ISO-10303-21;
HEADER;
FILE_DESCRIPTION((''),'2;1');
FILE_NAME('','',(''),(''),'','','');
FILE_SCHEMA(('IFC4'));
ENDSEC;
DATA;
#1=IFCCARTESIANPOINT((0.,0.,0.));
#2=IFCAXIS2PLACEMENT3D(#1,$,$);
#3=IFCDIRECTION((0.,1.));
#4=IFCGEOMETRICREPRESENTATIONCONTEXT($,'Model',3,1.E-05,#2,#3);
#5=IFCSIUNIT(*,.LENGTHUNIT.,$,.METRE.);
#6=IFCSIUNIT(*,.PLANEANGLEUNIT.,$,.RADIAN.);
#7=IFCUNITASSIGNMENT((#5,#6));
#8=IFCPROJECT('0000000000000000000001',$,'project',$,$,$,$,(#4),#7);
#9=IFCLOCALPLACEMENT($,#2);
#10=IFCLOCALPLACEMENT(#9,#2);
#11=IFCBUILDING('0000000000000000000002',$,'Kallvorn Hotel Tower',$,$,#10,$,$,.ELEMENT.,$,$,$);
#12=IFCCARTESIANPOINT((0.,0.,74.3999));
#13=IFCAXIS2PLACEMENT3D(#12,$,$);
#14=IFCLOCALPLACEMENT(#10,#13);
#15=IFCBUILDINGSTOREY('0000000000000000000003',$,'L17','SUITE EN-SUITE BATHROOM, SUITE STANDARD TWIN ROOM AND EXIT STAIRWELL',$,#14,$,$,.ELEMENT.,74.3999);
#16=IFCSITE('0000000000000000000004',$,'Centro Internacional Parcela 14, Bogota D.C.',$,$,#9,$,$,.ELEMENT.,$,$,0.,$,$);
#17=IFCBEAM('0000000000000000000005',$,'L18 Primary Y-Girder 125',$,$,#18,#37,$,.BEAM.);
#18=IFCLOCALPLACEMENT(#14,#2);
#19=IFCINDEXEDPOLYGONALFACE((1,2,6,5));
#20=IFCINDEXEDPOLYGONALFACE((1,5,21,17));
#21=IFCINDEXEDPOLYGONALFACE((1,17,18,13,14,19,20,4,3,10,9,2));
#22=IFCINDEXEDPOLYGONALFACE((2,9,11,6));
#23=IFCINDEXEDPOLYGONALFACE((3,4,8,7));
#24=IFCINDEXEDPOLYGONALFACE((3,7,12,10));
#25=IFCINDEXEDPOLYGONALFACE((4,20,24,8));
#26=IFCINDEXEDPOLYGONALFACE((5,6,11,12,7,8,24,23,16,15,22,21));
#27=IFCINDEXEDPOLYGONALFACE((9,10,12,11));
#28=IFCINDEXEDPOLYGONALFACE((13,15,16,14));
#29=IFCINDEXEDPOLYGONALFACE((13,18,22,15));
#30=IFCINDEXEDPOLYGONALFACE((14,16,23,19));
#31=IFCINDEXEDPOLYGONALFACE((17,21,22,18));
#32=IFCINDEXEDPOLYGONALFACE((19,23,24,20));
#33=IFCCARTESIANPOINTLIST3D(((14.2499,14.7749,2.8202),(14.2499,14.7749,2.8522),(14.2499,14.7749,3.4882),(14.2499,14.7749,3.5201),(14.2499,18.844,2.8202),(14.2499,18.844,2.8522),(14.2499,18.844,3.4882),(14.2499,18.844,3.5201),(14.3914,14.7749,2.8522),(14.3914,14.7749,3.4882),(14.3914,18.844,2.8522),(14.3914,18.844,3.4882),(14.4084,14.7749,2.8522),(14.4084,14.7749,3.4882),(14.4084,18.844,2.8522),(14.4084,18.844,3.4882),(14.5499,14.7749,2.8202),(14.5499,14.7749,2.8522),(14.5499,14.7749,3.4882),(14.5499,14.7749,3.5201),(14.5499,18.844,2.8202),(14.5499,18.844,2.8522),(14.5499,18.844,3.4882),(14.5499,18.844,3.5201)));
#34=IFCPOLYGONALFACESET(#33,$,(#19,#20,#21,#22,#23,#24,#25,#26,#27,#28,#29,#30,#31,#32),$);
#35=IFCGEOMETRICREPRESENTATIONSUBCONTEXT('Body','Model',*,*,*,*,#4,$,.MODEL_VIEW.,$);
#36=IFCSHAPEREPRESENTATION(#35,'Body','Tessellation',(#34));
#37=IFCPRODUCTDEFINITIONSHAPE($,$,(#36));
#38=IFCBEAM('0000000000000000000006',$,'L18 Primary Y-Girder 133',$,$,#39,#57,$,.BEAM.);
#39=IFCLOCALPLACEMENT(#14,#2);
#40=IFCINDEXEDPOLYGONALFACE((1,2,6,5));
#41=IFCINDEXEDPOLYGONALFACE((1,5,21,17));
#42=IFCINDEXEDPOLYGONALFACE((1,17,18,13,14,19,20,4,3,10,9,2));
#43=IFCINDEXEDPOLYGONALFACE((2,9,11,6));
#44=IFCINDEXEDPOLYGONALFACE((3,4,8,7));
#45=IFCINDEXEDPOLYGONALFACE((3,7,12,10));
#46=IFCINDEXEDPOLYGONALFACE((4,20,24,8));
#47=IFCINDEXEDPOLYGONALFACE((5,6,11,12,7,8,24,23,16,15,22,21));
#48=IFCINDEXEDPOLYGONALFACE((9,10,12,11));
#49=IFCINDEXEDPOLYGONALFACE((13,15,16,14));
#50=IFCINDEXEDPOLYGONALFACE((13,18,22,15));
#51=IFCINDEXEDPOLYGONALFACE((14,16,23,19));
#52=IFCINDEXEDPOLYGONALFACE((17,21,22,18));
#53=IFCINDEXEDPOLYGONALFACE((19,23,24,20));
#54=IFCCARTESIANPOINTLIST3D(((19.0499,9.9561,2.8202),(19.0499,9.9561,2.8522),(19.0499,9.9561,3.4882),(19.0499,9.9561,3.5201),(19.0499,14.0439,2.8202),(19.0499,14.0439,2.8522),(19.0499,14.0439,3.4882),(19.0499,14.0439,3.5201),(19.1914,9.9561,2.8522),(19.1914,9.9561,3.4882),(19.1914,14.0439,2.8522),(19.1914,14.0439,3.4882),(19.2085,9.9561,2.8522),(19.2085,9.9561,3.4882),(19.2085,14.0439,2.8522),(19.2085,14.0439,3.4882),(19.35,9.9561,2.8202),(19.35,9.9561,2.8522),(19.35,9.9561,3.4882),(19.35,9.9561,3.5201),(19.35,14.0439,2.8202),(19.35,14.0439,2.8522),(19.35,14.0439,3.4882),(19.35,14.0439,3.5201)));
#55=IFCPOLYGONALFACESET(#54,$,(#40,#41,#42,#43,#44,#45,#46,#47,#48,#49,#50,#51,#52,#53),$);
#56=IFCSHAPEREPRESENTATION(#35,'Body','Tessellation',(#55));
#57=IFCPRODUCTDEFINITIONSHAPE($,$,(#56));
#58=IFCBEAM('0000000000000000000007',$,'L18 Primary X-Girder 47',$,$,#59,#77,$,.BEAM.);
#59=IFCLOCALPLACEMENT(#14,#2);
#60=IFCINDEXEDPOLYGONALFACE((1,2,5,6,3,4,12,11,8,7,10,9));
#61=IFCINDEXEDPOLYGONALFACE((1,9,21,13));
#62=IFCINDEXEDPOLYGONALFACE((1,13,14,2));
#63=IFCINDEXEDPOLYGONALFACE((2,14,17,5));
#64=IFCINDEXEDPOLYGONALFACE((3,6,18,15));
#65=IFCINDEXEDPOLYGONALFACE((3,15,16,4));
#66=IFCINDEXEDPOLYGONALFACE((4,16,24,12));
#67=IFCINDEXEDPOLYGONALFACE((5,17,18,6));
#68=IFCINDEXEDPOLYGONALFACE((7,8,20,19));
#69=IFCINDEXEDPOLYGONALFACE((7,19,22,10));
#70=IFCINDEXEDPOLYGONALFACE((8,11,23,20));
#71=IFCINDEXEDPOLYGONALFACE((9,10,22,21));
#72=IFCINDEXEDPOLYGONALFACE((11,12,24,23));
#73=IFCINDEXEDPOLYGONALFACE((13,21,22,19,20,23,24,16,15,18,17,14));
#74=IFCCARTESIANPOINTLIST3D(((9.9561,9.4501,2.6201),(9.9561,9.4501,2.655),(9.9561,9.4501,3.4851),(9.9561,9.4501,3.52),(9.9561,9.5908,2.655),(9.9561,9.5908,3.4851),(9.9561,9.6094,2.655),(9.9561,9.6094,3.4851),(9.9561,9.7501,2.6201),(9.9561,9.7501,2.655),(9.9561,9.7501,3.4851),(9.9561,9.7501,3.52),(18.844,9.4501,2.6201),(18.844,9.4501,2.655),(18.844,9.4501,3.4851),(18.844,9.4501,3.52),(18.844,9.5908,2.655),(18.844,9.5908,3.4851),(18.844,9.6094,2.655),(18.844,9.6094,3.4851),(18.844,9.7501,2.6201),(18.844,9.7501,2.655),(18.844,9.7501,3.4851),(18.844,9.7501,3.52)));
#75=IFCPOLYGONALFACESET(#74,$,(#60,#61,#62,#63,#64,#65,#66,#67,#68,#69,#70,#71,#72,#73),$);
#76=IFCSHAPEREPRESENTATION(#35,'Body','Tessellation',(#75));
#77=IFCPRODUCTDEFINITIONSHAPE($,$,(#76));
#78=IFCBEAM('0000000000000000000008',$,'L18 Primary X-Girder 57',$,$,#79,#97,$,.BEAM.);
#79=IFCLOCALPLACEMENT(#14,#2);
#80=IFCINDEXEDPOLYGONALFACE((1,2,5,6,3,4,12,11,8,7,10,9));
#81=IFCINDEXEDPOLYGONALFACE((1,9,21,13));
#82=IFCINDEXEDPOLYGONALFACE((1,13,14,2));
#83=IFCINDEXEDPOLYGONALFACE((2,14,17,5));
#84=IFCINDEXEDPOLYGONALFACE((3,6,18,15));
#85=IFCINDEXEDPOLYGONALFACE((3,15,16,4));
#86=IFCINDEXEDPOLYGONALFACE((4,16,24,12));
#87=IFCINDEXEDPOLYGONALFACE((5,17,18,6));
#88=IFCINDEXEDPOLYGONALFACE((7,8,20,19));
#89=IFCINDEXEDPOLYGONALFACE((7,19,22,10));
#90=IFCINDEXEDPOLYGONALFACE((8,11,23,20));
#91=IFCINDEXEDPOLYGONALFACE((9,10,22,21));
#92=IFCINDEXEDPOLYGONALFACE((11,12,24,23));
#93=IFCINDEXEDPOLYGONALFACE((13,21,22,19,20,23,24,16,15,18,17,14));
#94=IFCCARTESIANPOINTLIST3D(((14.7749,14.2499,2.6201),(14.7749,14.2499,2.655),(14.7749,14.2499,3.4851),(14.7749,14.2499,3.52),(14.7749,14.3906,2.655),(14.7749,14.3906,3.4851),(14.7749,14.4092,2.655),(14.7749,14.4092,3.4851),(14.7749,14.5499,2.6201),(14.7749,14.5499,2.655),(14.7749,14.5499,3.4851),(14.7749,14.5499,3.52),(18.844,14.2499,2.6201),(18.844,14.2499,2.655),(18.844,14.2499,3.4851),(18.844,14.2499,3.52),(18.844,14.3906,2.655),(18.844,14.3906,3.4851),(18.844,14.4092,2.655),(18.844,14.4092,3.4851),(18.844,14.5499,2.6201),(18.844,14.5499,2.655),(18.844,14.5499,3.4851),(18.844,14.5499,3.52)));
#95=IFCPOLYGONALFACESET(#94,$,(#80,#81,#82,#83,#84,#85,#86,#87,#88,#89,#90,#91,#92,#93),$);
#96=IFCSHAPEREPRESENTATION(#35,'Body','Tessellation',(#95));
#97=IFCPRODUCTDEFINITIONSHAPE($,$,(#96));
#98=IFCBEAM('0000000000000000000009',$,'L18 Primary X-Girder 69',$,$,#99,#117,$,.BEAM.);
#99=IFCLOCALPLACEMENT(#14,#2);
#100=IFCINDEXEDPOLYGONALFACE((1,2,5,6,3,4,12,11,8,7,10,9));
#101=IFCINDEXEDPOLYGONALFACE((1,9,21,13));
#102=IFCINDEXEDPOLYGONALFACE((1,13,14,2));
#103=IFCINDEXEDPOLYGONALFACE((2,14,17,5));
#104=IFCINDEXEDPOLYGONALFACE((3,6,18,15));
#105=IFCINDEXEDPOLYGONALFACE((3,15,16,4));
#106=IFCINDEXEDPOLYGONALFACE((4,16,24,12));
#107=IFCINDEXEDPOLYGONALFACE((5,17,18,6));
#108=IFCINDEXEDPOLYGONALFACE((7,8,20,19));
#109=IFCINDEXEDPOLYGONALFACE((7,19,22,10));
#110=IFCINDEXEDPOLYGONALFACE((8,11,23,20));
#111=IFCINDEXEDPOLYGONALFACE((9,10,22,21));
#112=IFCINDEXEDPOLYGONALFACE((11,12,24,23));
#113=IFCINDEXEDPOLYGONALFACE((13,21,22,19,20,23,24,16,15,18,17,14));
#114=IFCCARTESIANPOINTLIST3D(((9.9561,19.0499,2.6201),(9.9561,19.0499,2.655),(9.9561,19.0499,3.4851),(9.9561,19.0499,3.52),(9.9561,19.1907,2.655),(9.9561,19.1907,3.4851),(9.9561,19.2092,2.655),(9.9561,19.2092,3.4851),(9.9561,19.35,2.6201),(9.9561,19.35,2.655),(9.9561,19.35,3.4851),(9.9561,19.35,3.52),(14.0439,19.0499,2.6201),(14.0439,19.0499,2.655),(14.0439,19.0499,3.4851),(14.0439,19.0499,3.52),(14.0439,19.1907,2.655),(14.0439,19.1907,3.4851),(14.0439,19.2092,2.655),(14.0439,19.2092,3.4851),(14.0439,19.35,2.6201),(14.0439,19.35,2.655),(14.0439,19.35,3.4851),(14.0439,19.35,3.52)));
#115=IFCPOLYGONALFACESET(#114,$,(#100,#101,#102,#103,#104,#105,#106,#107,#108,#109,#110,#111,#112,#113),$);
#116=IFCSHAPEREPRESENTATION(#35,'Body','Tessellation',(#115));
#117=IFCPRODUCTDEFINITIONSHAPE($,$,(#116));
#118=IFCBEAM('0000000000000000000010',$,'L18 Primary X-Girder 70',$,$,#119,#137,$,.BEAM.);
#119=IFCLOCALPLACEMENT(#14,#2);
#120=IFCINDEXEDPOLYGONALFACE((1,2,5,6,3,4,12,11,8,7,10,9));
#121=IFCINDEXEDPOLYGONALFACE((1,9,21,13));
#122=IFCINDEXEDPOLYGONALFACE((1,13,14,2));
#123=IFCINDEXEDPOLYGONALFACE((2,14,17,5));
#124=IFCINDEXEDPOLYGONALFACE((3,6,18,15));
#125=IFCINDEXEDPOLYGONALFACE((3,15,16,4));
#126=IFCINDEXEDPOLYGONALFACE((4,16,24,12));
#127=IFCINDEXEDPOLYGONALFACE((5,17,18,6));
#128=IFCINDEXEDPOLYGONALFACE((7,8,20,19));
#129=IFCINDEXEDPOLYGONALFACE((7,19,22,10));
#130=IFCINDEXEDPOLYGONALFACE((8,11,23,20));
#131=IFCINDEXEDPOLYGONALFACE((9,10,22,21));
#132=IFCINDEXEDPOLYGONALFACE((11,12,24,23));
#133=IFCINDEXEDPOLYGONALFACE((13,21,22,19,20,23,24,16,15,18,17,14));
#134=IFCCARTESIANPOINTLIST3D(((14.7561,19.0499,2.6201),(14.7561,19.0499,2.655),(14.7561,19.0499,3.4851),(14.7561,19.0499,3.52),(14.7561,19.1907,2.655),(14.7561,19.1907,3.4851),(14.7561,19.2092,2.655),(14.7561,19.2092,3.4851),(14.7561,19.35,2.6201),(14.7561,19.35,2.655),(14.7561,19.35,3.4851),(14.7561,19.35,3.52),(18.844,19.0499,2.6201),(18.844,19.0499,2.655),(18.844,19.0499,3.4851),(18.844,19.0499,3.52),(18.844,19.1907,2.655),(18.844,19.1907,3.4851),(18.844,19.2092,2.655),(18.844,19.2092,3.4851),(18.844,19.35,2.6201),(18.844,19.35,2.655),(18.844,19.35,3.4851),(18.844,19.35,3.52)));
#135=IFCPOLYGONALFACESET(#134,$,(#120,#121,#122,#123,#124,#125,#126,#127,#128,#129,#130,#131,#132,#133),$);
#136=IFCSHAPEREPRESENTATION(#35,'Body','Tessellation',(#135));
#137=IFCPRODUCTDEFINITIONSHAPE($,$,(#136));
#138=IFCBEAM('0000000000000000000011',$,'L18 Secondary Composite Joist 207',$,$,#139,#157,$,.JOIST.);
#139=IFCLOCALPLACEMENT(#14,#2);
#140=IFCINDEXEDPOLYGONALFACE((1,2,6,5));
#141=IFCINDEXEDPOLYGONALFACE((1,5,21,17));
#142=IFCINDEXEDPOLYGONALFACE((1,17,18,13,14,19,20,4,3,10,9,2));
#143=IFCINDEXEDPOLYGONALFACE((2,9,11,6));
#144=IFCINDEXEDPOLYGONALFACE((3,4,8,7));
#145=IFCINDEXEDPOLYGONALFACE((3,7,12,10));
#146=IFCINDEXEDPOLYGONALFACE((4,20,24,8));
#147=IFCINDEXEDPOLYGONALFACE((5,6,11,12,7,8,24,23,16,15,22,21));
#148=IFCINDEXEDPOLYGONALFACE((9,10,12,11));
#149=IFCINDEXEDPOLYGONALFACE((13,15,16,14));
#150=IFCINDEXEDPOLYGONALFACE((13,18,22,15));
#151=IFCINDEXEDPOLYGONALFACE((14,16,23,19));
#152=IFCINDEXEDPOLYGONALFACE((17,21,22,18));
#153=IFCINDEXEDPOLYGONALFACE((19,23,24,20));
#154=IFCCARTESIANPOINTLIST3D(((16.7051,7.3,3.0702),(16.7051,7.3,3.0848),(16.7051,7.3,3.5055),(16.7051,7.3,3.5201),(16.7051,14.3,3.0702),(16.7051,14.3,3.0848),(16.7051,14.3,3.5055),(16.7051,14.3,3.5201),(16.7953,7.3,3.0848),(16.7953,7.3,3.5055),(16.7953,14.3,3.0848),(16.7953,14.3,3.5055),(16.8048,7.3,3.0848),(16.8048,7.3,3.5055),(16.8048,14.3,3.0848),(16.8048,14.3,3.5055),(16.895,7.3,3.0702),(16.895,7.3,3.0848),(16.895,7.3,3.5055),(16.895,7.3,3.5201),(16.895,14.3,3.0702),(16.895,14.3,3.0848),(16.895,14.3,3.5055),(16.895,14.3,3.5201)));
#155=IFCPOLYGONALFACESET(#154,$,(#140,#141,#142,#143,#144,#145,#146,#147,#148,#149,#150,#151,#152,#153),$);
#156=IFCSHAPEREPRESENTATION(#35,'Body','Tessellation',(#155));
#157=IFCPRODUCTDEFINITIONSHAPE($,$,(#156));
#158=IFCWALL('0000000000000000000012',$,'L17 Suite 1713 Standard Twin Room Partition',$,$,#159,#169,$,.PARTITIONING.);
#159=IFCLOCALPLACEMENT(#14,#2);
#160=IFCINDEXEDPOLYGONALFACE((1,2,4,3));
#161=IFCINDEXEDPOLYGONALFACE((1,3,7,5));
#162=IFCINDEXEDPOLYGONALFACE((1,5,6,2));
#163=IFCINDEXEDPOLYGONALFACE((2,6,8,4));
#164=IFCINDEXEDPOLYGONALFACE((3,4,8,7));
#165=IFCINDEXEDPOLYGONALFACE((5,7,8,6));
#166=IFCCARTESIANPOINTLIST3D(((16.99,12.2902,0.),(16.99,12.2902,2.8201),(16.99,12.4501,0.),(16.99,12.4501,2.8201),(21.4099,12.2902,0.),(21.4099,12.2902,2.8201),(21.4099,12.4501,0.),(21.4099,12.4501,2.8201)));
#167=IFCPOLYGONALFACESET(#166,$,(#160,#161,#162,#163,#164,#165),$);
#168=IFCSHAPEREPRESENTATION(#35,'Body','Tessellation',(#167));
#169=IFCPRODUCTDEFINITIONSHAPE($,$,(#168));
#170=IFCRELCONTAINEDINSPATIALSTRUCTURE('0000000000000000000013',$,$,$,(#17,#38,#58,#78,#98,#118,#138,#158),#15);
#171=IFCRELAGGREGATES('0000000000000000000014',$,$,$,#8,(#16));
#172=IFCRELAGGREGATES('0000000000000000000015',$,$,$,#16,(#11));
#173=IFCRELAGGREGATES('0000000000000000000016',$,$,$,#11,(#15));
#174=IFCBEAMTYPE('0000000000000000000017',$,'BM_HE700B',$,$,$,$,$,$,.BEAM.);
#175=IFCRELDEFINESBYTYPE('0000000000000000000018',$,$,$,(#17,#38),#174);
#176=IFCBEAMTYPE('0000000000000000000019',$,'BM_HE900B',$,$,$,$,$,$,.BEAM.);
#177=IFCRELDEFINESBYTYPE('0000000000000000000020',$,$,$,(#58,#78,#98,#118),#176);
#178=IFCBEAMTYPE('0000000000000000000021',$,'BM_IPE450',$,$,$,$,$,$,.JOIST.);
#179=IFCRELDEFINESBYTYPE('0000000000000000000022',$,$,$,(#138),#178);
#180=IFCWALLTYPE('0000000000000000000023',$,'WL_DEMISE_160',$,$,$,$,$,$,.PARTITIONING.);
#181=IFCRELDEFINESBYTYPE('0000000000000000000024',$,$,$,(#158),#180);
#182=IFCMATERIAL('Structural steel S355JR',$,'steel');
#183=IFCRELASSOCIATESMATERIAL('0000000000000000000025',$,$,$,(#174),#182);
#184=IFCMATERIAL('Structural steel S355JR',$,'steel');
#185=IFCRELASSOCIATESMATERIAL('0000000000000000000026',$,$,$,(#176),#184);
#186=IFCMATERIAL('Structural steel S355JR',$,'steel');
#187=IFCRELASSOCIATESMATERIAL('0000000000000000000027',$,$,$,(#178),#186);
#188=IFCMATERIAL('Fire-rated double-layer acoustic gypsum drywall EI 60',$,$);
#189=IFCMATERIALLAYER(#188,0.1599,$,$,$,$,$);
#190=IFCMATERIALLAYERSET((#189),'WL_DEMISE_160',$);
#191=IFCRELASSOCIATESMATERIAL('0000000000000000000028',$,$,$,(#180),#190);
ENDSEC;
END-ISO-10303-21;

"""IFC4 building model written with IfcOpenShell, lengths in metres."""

from ifc_helpers import new_model, si_unit, direction, frame, frame_2d, origin, origin_2d, place, context, subcontext, project, spatial, rectangle, i_section, extrude, material, layer, layer_set, material_profile, profile_set, type_object, element, save


model = new_model("IFC4")

# Units and contexts
model_context = context("Model", 3, precision=1e-05, world=origin(), true_north=direction((0.0, 1.0)))
body_context = subcontext(model_context, "Body", "Model", "MODEL_VIEW")
ifc_project = project(units=[si_unit("LENGTHUNIT", "METRE"), si_unit("PLANEANGLEUNIT", "RADIAN")], contexts=[model_context])

# Site, building, storey
site_placement = place(None, origin())
site = spatial("IfcSite", under=ifc_project, at=site_placement, Name="Centro Internacional Parcela 14, Bogota D.C.", CompositionType="ELEMENT", RefElevation=0.0)
building_placement = place(site_placement, origin())
building = spatial("IfcBuilding", under=site, at=building_placement, Name="Kallvorn Hotel Tower", CompositionType="ELEMENT")
storey_placement = place(building_placement, frame((0.0, 0.0, 74.3999)))
storey = spatial("IfcBuildingStorey", under=building, at=storey_placement, Name="L17", Description="SUITE EN-SUITE BATHROOM, SUITE STANDARD TWIN ROOM AND EXIT STAIRWELL", CompositionType="ELEMENT", Elevation=74.3999)

# Beams
ifc_material_1 = material(Name="Structural steel S355JR", Category="steel")
ifc_material_profile_1 = material_profile(ifc_material_1, i_section(OverallWidth=0.3, OverallDepth=0.7, WebThickness=0.0171, FlangeThickness=0.032, at=origin_2d()), Name="HE 700 B")
ifc_profile_set_1 = profile_set([ifc_material_profile_1], Name="Structural steel S355JR")
beam_type_1 = type_object("IfcBeamType", Name="BM_HE700B", PredefinedType="BEAM", material=ifc_profile_set_1)
beam_1_placement = place(storey_placement, frame((14.3999, 14.7749, 3.1702), z_axis=(0.0, 1.0, 0.0), x_axis=(-1.0, 0.0, 0.0)))
element("IfcBeam", 1, at=beam_1_placement, inside=storey, type_object=beam_type_1, Name="L18 Primary Y-Girder 125", PredefinedType="BEAM", context=body_context, shape_type="SweptSolid", body=[
    extrude(i_section(OverallWidth=0.3, OverallDepth=0.7, WebThickness=0.0171, FlangeThickness=0.032, at=origin_2d()), origin(), (0.0, 0.0, 1.0), 4.0691),
])
beam_2_placement = place(storey_placement, frame((19.2, 9.9561, 3.1702), z_axis=(0.0, 1.0, 0.0), x_axis=(-1.0, 0.0, 0.0)))
element("IfcBeam", 2, at=beam_2_placement, inside=storey, type_object=beam_type_1, Name="L18 Primary Y-Girder 133", PredefinedType="BEAM", context=body_context, shape_type="SweptSolid", body=[
    extrude(i_section(OverallWidth=0.3, OverallDepth=0.7, WebThickness=0.0171, FlangeThickness=0.032, at=origin_2d()), origin(), (0.0, 0.0, 1.0), 4.0879),
])
ifc_material_2 = material(Name="Structural steel S355JR", Category="steel")
ifc_material_profile_2 = material_profile(ifc_material_2, i_section(OverallWidth=0.3, OverallDepth=0.8999, WebThickness=0.0186, FlangeThickness=0.0349, at=origin_2d()), Name="HE 900 B")
ifc_profile_set_2 = profile_set([ifc_material_profile_2], Name="Structural steel S355JR")
beam_type_2 = type_object("IfcBeamType", Name="BM_HE900B", PredefinedType="BEAM", material=ifc_profile_set_2)
beam_3_placement = place(storey_placement, frame((9.9561, 9.6001, 3.0701), z_axis=(1.0, 0.0, 0.0), x_axis=(0.0, 1.0, 0.0)))
element("IfcBeam", 3, at=beam_3_placement, inside=storey, type_object=beam_type_2, Name="L18 Primary X-Girder 47", PredefinedType="BEAM", context=body_context, shape_type="SweptSolid", body=[
    extrude(i_section(OverallWidth=0.3, OverallDepth=0.8999, WebThickness=0.0186, FlangeThickness=0.0349, at=origin_2d()), origin(), (0.0, 0.0, 1.0), 8.8879),
])
beam_4_placement = place(storey_placement, frame((14.7749, 14.3999, 3.0701), z_axis=(1.0, 0.0, 0.0), x_axis=(0.0, 1.0, 0.0)))
element("IfcBeam", 4, at=beam_4_placement, inside=storey, type_object=beam_type_2, Name="L18 Primary X-Girder 57", PredefinedType="BEAM", context=body_context, shape_type="SweptSolid", body=[
    extrude(i_section(OverallWidth=0.3, OverallDepth=0.8999, WebThickness=0.0186, FlangeThickness=0.0349, at=origin_2d()), origin(), (0.0, 0.0, 1.0), 4.0691),
])
for number, where, z_axis, x_axis, name in (
    (5, (9.9561, 19.2, 3.0701), (1.0, 0.0, 0.0), (0.0, 1.0, 0.0), "L18 Primary X-Girder 69"),
    (6, (14.7561, 19.2, 3.0701), (1.0, 0.0, 0.0), (0.0, 1.0, 0.0), "L18 Primary X-Girder 70"),
):
    element("IfcBeam", number, at=place(storey_placement, frame(where, z_axis=z_axis, x_axis=x_axis)), inside=storey, type_object=beam_type_2, Name=name, PredefinedType="BEAM", context=body_context, shape_type="SweptSolid", body=[
        extrude(i_section(OverallWidth=0.3, OverallDepth=0.8999, WebThickness=0.0186, FlangeThickness=0.0349, at=origin_2d()), origin(), (0.0, 0.0, 1.0), 4.0879),
    ])
ifc_material_3 = material(Name="Structural steel S355JR", Category="steel")
ifc_material_profile_3 = material_profile(ifc_material_3, i_section(OverallWidth=0.1899, OverallDepth=0.45, WebThickness=0.0095, FlangeThickness=0.0146, at=origin_2d()), Name="IPE 450")
ifc_profile_set_3 = profile_set([ifc_material_profile_3], Name="Structural steel S355JR")
beam_type_3 = type_object("IfcBeamType", Name="BM_IPE450", PredefinedType="JOIST", material=ifc_profile_set_3)
beam_5_placement = place(storey_placement, frame((16.8, 7.3, 3.2952), z_axis=(0.0, 1.0, 0.0), x_axis=(-1.0, 0.0, 0.0)))
element("IfcBeam", 7, at=beam_5_placement, inside=storey, type_object=beam_type_3, Name="L18 Secondary Composite Joist 207", PredefinedType="JOIST", context=body_context, shape_type="SweptSolid", body=[
    extrude(i_section(OverallWidth=0.1899, OverallDepth=0.45, WebThickness=0.0095, FlangeThickness=0.0146, at=origin_2d()), origin(), (0.0, 0.0, 1.0), 7.0),
])

# Wall
ifc_material_4 = material(Name="Fire-rated double-layer acoustic gypsum drywall EI 60")
ifc_layer = layer(ifc_material_4, 0.1599)
ifc_layer_set = layer_set([ifc_layer], Name="WL_DEMISE_160")
wall_type = type_object("IfcWallType", Name="WL_DEMISE_160", PredefinedType="PARTITIONING", material=ifc_layer_set)
wall_1_placement = place(storey_placement, frame((16.99, 12.3701, 0.0), z_axis=(0.0, 0.0, 1.0), x_axis=(1.0, 0.0, 0.0)))
element("IfcWall", 8, at=wall_1_placement, inside=storey, type_object=wall_type, Name="L17 Suite 1713 Standard Twin Room Partition", PredefinedType="PARTITIONING", context=body_context, shape_type="SweptSolid", body=[
    extrude(rectangle(XDim=4.4199, YDim=0.1599, at=frame_2d((2.21, 0.0))), origin(), (0.0, 0.0, 1.0), 2.8201),
])

save(model, "model.ifc")
